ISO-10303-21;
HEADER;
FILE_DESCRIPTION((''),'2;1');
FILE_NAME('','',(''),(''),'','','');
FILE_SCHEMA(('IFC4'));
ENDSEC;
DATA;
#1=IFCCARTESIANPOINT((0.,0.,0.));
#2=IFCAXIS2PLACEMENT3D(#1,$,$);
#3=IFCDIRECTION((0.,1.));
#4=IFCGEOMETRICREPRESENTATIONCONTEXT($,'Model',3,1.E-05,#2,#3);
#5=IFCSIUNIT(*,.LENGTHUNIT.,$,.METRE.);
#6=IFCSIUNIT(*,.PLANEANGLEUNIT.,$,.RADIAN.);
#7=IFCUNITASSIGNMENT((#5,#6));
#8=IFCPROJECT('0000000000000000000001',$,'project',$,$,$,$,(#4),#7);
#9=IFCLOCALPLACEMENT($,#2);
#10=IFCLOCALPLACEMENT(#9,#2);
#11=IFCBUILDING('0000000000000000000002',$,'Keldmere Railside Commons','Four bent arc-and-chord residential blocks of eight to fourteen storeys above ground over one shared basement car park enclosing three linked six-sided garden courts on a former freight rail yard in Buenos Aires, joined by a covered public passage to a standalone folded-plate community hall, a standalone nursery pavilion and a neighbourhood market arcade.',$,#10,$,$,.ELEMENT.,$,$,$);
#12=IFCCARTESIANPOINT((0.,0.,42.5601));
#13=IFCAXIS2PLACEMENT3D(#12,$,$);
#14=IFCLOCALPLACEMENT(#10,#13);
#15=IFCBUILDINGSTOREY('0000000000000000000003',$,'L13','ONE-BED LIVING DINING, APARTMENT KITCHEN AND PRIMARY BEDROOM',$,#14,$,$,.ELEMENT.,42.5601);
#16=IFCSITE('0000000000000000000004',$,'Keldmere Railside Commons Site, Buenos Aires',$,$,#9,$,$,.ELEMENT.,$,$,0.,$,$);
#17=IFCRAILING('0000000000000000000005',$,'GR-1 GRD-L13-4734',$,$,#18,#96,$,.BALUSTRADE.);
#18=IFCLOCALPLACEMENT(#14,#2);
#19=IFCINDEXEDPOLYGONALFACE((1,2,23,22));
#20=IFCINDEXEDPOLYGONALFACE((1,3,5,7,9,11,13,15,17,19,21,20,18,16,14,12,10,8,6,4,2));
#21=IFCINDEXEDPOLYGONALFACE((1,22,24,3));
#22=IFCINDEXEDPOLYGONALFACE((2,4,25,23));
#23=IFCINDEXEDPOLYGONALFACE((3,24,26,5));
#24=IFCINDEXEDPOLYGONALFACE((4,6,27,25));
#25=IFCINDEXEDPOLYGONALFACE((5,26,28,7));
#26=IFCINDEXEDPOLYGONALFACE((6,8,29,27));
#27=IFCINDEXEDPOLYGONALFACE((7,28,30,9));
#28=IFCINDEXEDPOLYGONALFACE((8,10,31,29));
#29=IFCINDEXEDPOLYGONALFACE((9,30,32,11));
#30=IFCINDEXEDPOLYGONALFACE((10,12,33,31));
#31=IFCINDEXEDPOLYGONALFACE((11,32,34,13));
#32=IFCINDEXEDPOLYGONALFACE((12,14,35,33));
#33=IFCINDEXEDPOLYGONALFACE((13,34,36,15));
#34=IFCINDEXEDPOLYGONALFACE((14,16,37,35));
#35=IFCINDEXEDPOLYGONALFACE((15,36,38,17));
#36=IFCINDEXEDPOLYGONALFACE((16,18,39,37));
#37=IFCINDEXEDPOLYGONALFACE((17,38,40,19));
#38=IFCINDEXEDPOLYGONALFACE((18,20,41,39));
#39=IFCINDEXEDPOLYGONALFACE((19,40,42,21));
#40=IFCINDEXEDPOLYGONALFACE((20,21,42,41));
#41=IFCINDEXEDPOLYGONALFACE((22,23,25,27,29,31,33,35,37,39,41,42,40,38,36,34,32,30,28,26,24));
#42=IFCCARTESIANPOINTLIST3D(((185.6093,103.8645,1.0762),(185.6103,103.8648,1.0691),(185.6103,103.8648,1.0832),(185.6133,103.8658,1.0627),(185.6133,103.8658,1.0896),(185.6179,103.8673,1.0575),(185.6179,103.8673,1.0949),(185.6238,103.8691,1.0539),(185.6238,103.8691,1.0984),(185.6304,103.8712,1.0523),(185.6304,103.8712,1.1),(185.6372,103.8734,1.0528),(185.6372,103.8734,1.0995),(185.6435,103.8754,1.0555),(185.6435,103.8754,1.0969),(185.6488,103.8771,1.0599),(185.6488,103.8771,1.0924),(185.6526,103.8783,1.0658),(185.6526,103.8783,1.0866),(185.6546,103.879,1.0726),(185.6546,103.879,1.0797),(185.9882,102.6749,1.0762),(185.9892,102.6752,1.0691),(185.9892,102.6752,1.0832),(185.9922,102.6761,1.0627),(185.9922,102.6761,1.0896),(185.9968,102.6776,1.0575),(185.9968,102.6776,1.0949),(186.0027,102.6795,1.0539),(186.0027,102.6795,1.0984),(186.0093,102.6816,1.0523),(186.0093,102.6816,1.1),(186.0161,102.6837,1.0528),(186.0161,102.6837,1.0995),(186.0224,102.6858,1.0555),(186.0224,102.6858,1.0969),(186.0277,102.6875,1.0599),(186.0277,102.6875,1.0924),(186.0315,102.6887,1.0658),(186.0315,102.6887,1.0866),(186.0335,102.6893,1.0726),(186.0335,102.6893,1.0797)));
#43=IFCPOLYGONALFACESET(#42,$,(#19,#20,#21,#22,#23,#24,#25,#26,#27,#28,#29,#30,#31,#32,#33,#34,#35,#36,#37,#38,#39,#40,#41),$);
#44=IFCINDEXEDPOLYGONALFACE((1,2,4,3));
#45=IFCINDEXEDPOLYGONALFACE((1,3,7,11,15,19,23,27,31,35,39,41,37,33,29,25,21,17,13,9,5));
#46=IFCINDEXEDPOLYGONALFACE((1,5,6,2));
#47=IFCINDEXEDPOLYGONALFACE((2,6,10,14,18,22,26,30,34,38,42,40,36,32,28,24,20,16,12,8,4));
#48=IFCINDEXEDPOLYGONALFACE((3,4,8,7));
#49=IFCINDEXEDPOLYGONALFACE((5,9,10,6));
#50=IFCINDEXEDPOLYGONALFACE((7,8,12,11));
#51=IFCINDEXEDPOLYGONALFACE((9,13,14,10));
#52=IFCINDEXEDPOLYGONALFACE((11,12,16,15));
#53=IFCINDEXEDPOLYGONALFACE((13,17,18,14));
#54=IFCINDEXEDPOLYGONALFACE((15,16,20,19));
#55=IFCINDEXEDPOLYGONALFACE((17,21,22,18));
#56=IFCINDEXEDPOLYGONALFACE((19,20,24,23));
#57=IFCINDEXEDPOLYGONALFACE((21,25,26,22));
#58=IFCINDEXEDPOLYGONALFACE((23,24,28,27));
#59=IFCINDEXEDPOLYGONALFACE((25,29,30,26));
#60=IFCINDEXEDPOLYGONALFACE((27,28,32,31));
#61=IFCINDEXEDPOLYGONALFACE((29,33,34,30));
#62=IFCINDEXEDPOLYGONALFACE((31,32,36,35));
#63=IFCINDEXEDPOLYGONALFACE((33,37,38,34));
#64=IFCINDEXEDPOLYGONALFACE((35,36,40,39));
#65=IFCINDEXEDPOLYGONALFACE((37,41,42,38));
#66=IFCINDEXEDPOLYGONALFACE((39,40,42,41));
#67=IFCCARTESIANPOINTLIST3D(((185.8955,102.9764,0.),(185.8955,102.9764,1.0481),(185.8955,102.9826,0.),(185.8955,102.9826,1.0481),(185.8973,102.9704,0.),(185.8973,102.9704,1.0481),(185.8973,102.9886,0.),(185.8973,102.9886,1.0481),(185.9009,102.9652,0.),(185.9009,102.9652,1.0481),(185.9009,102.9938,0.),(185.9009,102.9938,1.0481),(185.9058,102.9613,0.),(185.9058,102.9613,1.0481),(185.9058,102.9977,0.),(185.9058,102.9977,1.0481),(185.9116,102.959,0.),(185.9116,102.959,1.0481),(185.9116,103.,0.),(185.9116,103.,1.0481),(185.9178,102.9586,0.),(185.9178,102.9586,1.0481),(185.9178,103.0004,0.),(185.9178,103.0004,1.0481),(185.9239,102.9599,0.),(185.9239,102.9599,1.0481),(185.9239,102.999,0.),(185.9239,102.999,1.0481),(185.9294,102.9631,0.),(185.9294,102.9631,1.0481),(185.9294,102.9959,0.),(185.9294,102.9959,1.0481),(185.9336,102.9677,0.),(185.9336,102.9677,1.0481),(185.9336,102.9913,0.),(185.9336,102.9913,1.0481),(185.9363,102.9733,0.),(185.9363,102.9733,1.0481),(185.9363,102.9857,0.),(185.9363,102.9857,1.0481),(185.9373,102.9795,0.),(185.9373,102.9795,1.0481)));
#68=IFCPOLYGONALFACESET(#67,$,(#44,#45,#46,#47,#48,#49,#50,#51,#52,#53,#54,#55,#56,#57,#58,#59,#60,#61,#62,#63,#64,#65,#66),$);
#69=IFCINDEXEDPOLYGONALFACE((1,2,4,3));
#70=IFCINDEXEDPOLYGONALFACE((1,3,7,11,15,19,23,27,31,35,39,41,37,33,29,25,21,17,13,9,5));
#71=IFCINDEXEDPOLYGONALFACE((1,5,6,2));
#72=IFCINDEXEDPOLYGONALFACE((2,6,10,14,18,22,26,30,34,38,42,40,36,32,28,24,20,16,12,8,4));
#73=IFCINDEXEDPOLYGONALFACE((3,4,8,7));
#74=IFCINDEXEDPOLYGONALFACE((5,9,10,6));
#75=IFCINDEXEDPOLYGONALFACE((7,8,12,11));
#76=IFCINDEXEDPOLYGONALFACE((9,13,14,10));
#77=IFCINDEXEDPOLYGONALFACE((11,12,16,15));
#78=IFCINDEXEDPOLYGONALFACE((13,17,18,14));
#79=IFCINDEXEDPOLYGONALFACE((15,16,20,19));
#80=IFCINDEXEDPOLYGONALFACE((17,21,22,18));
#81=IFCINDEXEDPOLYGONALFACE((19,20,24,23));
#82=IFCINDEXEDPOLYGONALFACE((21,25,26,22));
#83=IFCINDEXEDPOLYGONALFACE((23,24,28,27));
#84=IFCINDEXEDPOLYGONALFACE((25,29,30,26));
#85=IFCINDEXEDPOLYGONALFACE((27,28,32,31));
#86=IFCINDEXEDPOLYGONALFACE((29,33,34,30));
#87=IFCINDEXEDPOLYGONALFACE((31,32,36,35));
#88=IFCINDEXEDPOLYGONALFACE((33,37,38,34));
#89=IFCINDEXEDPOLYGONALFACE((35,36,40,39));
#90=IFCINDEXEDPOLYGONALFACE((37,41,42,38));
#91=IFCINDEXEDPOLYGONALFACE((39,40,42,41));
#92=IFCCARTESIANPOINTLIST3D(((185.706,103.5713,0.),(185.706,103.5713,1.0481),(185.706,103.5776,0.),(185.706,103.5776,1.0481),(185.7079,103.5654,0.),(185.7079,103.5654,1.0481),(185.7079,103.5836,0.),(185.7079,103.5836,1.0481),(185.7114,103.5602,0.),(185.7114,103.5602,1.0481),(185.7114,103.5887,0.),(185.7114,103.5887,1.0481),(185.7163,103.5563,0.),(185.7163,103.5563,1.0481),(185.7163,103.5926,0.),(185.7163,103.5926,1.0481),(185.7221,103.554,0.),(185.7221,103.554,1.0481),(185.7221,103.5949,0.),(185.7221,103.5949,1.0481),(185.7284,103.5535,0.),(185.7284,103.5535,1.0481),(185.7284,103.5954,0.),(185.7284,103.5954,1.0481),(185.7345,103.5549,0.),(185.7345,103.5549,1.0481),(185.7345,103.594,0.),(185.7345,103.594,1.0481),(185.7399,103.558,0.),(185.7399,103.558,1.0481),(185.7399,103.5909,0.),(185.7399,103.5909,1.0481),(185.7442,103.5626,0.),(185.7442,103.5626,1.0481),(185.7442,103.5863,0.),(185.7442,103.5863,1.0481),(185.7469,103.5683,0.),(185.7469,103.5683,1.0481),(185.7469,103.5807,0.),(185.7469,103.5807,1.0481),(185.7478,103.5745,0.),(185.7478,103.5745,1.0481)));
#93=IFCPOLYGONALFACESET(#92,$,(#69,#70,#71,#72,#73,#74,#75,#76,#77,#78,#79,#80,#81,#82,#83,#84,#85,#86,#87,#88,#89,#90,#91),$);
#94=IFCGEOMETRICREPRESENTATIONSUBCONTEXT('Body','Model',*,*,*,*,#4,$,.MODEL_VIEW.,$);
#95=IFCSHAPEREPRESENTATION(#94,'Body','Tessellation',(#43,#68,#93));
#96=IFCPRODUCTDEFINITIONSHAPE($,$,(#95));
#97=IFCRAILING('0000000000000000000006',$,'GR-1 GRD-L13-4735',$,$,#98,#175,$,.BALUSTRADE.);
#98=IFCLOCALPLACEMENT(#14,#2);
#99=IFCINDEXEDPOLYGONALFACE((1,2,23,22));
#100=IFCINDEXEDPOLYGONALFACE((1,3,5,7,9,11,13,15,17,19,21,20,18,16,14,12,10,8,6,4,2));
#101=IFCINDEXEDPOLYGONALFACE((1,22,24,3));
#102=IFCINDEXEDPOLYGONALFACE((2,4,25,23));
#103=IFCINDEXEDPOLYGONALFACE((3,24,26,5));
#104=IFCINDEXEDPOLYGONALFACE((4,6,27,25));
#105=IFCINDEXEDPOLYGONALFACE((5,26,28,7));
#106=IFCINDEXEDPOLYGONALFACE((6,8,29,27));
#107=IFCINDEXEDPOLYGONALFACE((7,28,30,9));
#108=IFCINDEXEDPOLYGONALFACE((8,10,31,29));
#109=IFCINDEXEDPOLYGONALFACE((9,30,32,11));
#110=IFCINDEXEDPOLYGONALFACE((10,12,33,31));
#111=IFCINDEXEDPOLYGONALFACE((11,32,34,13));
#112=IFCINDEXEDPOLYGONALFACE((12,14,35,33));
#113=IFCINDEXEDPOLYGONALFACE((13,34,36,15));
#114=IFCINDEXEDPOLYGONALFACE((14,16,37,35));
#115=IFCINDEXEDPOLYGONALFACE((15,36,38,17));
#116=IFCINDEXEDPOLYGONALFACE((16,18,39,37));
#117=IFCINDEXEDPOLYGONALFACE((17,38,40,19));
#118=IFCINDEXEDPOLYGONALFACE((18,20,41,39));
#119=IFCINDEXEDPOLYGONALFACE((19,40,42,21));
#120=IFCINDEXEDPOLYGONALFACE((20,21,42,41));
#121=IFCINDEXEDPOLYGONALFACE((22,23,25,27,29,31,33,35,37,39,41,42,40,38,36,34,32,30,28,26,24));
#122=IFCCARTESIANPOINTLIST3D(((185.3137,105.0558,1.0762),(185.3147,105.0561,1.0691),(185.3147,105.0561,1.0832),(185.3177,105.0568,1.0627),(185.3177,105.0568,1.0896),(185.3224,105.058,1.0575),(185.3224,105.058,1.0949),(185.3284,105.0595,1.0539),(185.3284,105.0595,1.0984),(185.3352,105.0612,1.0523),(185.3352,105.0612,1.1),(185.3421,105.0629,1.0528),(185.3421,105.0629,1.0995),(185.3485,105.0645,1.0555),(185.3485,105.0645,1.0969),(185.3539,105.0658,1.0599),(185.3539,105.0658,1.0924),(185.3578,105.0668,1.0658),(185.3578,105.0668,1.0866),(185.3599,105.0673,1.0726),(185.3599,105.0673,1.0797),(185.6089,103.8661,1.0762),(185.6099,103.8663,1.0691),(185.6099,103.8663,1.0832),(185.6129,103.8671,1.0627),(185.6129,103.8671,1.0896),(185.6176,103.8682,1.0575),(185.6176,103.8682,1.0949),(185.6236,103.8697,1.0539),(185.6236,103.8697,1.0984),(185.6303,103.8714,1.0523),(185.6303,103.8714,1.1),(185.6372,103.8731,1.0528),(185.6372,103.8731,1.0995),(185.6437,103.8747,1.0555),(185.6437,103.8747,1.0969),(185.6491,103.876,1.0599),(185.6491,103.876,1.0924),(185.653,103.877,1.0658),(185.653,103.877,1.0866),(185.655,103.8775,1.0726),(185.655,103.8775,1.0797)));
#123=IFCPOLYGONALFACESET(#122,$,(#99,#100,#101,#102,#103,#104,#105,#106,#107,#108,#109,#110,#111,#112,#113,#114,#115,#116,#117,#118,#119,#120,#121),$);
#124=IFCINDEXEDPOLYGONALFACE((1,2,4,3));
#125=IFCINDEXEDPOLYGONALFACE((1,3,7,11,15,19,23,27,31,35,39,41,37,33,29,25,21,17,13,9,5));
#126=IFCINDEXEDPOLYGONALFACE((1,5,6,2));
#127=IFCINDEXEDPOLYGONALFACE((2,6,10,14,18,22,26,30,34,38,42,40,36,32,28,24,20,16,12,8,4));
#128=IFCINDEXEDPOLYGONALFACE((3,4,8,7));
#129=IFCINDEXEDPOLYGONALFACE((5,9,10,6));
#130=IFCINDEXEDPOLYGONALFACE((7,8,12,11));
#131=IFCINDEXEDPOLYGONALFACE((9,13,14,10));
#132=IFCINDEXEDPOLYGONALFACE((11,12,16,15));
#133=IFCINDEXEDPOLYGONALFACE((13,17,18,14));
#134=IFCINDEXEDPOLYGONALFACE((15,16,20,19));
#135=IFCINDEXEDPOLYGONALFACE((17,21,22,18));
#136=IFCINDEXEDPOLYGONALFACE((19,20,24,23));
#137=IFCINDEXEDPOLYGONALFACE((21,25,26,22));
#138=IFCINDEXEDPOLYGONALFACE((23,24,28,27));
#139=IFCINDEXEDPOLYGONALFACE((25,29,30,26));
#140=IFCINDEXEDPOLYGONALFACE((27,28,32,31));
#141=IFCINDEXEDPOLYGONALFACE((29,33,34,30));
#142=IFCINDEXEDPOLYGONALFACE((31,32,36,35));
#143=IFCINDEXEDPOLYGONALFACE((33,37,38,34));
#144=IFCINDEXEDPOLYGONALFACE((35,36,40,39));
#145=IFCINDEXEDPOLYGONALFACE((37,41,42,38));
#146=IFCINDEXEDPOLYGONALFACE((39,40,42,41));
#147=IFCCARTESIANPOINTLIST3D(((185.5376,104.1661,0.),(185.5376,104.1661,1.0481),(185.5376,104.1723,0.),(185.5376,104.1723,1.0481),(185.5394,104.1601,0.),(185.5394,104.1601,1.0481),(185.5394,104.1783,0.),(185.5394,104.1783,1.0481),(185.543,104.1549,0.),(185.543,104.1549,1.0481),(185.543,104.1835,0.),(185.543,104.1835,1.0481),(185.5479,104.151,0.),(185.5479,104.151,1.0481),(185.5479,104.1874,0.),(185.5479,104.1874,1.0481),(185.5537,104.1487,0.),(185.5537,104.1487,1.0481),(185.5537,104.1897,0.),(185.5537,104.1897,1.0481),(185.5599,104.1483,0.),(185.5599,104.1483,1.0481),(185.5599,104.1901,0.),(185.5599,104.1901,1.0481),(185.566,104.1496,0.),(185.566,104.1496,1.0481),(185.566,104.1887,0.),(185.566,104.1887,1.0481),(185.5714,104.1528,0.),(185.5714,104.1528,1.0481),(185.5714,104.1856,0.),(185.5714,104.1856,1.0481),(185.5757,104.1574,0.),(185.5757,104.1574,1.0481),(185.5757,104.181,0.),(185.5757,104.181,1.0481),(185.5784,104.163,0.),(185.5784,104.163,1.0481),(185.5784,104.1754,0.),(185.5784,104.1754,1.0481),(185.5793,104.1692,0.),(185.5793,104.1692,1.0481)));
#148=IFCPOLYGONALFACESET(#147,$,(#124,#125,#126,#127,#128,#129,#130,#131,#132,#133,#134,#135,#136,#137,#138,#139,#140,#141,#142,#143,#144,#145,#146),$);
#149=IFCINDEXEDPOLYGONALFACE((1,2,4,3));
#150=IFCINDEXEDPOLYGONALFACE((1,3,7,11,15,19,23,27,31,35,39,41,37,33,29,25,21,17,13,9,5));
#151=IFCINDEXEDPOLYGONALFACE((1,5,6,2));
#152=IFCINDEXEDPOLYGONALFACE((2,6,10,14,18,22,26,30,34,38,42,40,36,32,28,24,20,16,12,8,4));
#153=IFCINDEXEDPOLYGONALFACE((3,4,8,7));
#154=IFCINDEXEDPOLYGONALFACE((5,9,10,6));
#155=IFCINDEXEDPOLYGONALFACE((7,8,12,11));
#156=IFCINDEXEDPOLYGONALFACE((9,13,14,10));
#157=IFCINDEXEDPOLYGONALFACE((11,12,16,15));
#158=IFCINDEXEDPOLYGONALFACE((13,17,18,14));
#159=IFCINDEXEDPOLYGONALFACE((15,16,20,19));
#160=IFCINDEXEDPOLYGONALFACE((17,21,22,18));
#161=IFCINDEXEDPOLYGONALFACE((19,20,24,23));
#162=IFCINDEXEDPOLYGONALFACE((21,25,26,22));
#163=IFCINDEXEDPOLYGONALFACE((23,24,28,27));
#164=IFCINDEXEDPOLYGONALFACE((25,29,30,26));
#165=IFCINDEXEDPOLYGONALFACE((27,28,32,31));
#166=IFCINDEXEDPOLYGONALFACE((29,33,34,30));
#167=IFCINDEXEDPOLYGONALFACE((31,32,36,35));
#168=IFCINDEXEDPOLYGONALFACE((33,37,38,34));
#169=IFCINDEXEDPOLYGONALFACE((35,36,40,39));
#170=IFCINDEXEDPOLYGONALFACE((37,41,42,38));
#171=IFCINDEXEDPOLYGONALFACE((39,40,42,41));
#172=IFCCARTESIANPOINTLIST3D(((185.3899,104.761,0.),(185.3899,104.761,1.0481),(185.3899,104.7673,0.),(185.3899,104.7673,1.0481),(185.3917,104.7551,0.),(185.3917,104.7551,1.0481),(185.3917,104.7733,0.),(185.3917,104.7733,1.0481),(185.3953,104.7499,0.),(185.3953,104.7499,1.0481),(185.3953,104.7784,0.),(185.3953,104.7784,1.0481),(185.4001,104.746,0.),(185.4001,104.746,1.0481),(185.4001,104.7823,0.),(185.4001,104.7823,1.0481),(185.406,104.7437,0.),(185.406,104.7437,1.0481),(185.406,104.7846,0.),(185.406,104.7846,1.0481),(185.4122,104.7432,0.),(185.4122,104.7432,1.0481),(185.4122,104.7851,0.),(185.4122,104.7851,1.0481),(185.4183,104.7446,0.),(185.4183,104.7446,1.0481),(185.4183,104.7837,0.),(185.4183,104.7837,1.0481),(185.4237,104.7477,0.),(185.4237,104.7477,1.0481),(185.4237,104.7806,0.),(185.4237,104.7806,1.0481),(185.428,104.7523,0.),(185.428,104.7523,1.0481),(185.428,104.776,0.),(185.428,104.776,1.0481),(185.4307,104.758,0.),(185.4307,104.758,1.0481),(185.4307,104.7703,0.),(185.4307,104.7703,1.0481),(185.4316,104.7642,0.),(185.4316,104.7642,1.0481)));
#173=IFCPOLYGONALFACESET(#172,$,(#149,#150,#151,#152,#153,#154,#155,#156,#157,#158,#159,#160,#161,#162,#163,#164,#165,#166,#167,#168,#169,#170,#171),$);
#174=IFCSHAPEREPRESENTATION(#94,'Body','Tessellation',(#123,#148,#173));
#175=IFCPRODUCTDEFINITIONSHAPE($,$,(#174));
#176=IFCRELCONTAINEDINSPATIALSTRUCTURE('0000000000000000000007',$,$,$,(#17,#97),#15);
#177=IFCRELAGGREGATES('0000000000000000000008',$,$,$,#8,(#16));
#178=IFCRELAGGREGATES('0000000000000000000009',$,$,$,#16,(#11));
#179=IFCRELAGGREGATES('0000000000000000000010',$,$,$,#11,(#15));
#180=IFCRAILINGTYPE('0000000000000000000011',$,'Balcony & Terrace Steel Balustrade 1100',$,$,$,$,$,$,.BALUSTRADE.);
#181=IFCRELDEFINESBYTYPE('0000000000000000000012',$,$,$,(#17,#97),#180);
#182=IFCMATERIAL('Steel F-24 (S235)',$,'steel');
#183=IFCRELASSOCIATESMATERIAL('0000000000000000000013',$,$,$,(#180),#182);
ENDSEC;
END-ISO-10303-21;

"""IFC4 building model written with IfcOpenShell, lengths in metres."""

from ifc_helpers import new_model, si_unit, direction, frame, origin, origin_2d, place, context, subcontext, project, spatial, circle, extrude, material, type_object, element, save


model = new_model("IFC4")

# Units and contexts
model_context = context("Model", 3, precision=1e-05, world=origin(), true_north=direction((0.0, 1.0)))
body_context = subcontext(model_context, "Body", "Model", "MODEL_VIEW")
ifc_project = project(units=[si_unit("LENGTHUNIT", "METRE"), si_unit("PLANEANGLEUNIT", "RADIAN")], contexts=[model_context])

# Site, building, storey
site_placement = place(None, origin())
site = spatial("IfcSite", under=ifc_project, at=site_placement, Name="Keldmere Railside Commons Site, Buenos Aires", CompositionType="ELEMENT", RefElevation=0.0)
building_placement = place(site_placement, origin())
building = spatial("IfcBuilding", under=site, at=building_placement, Name="Keldmere Railside Commons", Description="Four bent arc-and-chord residential blocks of eight to fourteen storeys above ground over one shared basement car park enclosing three linked six-sided garden courts on a former freight rail yard in Buenos Aires, joined by a covered public passage to a standalone folded-plate community hall, a standalone nursery pavilion and a neighbourhood market arcade.", CompositionType="ELEMENT")
storey_placement = place(building_placement, frame((0.0, 0.0, 42.5601)))
storey = spatial("IfcBuildingStorey", under=building, at=storey_placement, Name="L13", Description="ONE-BED LIVING DINING, APARTMENT KITCHEN AND PRIMARY BEDROOM", CompositionType="ELEMENT", Elevation=42.5601)

# Railings
ifc_material_1 = material(Name="Steel F-24 (S235)", Category="steel")
railing_type = type_object("IfcRailingType", Name="Balcony & Terrace Steel Balustrade 1100", PredefinedType="BALUSTRADE", material=ifc_material_1)
railing_1_placement = place(storey_placement, frame((186.011, 102.6821, 0.0)))
element("IfcRailing", 1, at=railing_1_placement, inside=storey, type_object=railing_type, Name="GR-1 GRD-L13-4734", PredefinedType="BALUSTRADE", context=body_context, shape_type="SweptSolid", body=[
    extrude(circle(Radius=0.0239, at=origin_2d()), frame((0.0, 0.0, 1.0762), z_axis=(-0.30347, 0.952841, 0.0), x_axis=(-0.952841, -0.30347, 0.0)), (0.0, 0.0, 1.0), 1.2485),
    extrude(circle(Radius=0.021, at=origin_2d()), frame((-0.0947, 0.2974, 0.0)), (0.0, 0.0, 1.0), 1.0481),
    extrude(circle(Radius=0.021, at=origin_2d()), frame((-0.2842, 0.8923, 0.0)), (0.0, 0.0, 1.0), 1.0481),
])
railing_2_placement = place(storey_placement, frame((185.6321, 103.8718, 0.0)))
element("IfcRailing", 2, at=railing_2_placement, inside=storey, type_object=railing_type, Name="GR-1 GRD-L13-4735", PredefinedType="BALUSTRADE", context=body_context, shape_type="SweptSolid", body=[
    extrude(circle(Radius=0.0239, at=origin_2d()), frame((0.0, 0.0, 1.0762), z_axis=(-0.240801, 0.970574, 0.0), x_axis=(-0.970574, -0.240801, 0.0)), (0.0, 0.0, 1.0), 1.2258),
    extrude(circle(Radius=0.021, at=origin_2d()), frame((-0.0737, 0.2974, 0.0)), (0.0, 0.0, 1.0), 1.0481),
    extrude(circle(Radius=0.021, at=origin_2d()), frame((-0.2214, 0.8923, 0.0)), (0.0, 0.0, 1.0), 1.0481),
])

save(model, "model.ifc")
